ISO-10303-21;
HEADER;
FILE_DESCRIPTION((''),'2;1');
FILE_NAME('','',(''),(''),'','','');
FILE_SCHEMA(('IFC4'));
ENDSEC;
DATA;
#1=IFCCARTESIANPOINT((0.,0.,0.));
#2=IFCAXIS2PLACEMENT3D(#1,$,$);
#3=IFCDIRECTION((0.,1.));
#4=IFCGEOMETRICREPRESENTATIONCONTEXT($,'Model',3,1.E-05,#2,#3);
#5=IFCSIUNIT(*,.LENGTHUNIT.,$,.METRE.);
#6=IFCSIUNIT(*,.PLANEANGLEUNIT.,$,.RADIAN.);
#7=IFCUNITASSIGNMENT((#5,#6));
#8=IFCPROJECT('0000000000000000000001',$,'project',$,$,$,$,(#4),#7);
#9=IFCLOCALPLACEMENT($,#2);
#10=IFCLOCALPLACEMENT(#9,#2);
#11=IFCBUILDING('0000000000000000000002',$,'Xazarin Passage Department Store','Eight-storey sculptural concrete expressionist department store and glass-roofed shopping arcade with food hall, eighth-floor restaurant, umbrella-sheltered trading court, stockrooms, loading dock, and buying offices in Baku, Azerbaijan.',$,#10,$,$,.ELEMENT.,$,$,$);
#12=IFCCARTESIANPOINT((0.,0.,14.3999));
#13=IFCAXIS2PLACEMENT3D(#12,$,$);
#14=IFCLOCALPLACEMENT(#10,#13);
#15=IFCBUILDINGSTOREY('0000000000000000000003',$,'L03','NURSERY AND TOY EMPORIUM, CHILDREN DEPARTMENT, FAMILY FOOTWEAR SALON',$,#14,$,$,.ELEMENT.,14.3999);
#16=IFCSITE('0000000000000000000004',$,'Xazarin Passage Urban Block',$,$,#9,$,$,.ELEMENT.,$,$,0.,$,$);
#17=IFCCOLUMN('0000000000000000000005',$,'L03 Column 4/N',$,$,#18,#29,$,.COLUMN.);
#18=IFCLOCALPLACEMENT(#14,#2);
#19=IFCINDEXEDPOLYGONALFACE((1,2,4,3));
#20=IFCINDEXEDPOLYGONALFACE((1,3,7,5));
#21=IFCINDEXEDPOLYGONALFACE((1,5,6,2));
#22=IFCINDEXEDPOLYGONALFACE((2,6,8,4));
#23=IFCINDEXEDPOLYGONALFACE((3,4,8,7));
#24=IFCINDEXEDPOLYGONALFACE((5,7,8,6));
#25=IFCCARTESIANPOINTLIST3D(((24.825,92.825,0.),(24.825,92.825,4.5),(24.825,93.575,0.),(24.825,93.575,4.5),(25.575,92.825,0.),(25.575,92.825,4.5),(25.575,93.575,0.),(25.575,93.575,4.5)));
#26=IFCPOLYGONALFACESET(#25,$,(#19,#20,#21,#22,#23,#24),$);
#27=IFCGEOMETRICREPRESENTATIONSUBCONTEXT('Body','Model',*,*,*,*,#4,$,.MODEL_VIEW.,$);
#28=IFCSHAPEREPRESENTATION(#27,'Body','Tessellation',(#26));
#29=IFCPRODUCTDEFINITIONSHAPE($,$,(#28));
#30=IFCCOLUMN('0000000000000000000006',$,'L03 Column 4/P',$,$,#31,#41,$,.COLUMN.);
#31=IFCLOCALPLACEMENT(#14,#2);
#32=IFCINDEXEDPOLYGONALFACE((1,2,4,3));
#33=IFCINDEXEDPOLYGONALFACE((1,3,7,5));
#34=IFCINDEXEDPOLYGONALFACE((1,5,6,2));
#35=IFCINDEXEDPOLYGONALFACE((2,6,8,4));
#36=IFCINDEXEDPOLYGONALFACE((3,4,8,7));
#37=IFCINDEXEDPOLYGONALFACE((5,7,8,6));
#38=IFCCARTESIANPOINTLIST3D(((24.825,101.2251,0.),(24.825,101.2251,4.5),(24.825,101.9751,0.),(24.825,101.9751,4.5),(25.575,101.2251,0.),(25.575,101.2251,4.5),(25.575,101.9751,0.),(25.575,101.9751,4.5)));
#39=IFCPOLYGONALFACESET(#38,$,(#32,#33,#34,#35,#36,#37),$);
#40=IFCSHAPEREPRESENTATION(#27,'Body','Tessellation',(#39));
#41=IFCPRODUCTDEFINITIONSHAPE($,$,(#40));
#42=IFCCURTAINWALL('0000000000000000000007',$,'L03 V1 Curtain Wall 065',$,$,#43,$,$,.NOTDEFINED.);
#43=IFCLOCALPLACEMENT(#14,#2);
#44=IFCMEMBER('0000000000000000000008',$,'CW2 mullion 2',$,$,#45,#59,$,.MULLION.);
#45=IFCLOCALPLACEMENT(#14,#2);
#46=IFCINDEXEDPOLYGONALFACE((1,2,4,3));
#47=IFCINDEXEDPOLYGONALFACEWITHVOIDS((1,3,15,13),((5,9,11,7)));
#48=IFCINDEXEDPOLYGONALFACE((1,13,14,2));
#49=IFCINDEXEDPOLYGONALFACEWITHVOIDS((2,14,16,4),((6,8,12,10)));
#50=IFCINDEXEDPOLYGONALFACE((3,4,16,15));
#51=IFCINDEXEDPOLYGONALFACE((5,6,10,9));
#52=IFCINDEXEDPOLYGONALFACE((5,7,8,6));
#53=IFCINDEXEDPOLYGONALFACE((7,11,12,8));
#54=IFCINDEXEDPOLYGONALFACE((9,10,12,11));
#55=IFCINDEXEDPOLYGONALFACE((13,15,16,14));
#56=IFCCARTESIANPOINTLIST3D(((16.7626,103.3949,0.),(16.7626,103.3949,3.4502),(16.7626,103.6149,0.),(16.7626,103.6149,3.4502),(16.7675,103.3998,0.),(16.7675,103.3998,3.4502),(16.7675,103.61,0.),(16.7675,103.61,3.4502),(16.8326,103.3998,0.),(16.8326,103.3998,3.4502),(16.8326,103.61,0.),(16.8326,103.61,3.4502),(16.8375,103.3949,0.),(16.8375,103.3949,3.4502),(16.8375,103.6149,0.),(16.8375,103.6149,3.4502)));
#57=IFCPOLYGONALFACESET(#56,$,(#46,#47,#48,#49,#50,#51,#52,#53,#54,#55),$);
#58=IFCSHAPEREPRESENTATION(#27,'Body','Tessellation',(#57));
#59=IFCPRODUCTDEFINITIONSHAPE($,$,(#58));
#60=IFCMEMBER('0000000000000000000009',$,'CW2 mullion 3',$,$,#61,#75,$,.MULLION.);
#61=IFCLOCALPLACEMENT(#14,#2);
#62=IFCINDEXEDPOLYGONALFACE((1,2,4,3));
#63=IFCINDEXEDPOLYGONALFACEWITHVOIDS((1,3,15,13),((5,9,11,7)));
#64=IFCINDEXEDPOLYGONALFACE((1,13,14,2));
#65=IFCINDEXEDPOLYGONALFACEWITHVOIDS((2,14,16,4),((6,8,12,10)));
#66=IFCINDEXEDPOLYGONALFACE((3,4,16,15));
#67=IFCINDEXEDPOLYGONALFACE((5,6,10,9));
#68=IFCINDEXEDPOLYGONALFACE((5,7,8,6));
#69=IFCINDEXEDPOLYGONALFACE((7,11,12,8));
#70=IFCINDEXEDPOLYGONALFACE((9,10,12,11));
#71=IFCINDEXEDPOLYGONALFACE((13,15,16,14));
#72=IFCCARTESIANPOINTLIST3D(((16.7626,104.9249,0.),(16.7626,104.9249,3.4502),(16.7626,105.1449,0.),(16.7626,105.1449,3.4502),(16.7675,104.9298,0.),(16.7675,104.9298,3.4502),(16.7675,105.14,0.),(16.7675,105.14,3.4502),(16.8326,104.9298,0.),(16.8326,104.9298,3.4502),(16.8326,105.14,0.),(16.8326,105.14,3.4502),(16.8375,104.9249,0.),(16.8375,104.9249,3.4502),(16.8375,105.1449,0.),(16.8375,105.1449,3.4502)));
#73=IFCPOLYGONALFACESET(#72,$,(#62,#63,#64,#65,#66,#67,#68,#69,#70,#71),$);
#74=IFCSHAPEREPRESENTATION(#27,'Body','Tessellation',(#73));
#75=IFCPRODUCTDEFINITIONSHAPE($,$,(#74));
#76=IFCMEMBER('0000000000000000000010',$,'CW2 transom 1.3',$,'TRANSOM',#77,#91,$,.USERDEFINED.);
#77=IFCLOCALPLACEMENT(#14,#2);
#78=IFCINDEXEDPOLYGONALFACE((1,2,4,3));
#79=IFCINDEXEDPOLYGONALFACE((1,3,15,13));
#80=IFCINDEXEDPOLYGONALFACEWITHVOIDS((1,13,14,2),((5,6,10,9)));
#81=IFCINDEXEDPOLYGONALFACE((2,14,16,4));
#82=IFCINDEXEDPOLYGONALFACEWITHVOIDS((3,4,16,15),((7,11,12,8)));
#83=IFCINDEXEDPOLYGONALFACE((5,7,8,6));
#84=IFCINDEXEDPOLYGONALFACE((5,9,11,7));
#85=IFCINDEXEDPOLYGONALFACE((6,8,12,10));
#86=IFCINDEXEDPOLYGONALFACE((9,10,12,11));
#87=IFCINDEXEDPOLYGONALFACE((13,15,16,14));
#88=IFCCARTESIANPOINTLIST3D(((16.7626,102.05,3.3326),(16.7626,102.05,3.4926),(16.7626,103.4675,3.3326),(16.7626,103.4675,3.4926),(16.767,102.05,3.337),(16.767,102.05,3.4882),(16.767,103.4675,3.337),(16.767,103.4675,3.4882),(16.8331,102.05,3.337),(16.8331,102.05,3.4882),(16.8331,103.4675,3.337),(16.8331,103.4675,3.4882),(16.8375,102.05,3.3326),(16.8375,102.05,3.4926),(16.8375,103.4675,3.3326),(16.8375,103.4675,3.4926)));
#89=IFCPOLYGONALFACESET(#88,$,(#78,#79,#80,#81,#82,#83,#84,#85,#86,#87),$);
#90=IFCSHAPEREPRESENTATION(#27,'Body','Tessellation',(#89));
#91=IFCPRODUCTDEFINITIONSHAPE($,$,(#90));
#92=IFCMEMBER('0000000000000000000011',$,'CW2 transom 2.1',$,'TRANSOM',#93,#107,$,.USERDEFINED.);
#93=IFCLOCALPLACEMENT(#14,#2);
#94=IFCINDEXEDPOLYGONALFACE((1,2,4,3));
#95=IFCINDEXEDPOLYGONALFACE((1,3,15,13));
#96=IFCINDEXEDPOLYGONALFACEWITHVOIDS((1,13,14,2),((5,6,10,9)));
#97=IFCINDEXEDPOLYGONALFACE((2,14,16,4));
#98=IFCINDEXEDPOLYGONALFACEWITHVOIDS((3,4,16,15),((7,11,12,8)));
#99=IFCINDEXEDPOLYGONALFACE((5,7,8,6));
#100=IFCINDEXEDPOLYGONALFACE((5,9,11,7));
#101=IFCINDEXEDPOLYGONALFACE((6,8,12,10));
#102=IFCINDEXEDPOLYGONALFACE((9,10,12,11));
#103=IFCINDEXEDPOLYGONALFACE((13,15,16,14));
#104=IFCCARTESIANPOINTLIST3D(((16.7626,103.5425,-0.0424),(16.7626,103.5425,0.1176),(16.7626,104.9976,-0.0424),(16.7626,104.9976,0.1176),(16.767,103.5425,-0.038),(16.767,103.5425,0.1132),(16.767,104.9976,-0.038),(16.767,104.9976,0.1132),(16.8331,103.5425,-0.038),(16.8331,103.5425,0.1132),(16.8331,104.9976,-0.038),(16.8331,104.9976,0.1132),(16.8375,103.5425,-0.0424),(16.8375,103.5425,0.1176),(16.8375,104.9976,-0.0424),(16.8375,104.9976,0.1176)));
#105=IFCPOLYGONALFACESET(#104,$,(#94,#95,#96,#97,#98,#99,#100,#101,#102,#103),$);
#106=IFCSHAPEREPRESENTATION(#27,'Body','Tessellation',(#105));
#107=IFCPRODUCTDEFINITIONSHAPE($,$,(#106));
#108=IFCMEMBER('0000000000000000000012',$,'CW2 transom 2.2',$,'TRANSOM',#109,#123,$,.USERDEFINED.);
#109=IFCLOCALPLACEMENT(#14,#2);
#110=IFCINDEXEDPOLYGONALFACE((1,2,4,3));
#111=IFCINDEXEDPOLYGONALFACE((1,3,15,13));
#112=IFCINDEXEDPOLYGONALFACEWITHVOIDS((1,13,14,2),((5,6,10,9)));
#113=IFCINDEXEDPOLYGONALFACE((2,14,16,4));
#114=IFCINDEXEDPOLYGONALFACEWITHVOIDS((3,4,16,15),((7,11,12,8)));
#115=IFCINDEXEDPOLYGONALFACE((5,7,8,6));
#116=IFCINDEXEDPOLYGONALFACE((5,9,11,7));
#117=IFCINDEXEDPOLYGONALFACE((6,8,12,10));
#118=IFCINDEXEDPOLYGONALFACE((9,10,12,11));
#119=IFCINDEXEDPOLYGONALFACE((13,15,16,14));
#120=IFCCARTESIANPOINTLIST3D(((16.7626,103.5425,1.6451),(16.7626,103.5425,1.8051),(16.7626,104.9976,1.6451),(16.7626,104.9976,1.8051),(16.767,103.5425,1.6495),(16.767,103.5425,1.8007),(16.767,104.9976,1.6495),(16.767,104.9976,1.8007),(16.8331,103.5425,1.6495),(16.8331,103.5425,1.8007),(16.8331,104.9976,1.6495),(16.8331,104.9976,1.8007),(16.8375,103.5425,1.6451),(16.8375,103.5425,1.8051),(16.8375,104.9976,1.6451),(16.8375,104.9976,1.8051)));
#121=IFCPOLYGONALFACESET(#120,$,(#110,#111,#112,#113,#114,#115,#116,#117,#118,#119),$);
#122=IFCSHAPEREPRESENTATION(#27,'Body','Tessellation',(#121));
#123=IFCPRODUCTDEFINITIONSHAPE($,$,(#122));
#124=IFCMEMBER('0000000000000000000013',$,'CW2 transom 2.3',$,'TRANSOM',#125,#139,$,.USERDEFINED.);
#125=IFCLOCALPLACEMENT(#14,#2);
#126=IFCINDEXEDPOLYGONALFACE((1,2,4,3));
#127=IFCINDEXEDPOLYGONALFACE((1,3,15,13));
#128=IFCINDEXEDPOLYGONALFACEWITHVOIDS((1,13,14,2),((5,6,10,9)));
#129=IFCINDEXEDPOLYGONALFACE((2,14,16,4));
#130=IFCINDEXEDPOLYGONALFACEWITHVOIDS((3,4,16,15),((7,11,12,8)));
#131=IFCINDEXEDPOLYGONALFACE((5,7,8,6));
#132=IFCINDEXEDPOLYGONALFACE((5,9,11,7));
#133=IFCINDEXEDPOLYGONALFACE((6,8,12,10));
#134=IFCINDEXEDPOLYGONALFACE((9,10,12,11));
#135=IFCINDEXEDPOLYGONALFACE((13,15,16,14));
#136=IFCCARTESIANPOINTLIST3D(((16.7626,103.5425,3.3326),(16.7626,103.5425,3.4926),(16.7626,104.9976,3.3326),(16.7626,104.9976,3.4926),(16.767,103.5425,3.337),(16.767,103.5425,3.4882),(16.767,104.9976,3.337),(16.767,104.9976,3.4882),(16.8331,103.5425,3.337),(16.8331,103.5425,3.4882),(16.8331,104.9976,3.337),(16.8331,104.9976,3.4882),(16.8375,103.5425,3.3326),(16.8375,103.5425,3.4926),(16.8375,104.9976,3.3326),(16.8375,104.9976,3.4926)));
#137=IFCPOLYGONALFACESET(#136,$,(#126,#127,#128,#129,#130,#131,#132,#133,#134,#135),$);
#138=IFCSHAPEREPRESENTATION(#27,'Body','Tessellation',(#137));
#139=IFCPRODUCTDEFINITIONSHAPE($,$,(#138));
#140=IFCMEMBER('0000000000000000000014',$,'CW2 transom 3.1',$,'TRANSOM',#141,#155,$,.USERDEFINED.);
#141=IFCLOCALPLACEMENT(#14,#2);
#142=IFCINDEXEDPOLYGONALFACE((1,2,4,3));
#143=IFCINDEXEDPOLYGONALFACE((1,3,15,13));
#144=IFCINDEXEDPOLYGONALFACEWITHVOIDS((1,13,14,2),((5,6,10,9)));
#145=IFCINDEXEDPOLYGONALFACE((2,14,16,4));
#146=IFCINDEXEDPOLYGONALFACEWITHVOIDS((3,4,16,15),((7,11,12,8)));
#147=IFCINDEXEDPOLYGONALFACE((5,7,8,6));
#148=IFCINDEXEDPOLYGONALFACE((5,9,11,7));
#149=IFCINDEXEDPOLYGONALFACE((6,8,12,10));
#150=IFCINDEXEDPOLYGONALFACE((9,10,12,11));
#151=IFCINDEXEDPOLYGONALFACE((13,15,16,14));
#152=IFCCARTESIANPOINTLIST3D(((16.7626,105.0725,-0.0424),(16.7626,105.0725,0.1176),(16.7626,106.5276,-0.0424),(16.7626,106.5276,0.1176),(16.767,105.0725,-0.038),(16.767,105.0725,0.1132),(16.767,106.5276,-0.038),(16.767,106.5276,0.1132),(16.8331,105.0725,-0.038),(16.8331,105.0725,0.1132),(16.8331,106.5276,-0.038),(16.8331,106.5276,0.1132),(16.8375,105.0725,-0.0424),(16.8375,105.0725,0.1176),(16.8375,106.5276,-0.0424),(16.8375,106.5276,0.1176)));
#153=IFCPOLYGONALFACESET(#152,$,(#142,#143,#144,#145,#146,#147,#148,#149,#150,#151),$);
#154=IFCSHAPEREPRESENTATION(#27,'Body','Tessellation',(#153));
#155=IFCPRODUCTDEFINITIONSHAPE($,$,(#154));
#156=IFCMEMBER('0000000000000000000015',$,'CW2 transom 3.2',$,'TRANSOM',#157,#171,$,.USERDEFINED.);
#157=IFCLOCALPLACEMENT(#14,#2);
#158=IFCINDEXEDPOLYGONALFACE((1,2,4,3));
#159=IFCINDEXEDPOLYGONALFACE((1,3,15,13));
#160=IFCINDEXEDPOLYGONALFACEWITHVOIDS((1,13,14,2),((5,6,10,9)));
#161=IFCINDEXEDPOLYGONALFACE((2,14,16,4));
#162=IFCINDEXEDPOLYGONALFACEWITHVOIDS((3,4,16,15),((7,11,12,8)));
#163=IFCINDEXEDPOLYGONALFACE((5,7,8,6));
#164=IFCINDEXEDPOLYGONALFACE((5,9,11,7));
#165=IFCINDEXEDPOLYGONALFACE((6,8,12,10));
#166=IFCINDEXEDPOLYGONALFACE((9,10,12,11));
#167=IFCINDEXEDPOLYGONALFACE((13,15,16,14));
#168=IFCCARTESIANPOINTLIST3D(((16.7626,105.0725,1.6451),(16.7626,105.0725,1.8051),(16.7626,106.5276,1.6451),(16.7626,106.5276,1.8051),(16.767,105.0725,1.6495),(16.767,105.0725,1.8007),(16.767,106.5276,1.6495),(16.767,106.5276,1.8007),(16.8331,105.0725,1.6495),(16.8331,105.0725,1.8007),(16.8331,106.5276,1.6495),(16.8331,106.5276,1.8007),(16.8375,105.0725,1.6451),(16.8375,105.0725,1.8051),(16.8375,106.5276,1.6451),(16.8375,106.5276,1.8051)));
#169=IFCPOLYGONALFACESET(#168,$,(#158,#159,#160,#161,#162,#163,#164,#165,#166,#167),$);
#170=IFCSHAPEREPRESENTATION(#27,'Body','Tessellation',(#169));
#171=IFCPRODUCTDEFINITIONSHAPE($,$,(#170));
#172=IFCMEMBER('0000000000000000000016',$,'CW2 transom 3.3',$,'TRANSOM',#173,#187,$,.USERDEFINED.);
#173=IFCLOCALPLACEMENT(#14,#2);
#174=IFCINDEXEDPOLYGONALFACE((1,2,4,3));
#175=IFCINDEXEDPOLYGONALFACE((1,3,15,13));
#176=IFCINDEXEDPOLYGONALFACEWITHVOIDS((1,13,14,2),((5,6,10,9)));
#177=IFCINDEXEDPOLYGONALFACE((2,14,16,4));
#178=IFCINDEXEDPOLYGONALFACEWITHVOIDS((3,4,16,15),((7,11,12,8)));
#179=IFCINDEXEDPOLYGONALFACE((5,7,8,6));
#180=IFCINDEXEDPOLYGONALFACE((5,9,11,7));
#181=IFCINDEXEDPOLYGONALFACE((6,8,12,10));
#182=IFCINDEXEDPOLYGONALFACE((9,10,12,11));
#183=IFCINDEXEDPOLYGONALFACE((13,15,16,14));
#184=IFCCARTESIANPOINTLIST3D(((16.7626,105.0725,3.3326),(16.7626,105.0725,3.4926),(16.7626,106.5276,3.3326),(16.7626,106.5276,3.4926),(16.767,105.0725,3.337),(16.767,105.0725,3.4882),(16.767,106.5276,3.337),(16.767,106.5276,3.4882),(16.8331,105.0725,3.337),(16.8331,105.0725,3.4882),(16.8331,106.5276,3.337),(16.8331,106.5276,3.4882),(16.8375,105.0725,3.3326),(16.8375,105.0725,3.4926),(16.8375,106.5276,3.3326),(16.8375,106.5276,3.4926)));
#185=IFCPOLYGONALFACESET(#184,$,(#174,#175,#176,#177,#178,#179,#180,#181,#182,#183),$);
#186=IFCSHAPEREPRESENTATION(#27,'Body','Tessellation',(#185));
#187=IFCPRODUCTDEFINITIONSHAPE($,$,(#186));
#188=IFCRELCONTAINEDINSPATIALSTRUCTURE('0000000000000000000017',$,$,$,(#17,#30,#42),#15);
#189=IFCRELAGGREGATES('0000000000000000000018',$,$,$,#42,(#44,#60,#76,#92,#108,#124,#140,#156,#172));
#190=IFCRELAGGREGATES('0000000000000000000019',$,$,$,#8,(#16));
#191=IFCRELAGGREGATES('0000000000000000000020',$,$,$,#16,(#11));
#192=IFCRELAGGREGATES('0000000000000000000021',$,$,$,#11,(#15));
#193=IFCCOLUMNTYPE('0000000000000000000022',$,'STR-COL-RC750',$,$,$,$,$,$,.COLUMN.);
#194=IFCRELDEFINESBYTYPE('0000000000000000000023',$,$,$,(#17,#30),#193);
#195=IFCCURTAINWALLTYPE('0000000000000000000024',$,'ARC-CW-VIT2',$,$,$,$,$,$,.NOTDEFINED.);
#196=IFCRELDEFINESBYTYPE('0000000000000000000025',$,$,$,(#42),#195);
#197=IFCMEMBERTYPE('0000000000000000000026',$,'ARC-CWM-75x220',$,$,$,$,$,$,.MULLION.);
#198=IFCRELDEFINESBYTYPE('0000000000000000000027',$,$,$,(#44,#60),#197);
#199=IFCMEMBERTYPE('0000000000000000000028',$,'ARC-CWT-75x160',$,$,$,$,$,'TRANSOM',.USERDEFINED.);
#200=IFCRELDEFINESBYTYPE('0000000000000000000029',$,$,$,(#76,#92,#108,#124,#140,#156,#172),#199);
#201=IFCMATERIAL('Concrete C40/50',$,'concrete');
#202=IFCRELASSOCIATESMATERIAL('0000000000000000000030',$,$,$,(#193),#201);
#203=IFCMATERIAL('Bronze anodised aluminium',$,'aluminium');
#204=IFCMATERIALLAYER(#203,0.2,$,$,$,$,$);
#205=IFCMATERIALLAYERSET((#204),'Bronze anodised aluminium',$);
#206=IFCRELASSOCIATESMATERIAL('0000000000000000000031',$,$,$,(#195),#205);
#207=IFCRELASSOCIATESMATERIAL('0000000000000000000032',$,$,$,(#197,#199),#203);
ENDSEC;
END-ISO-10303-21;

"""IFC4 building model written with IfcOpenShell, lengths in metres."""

from ifc_helpers import new_model, si_unit, direction, frame, origin, origin_2d, place, context, subcontext, project, spatial, rectangle, hollow_rectangle, extrude, material, layer, layer_set, material_profile, profile_set, type_object, element, aggregate, save


model = new_model("IFC4")

# Units and contexts
model_context = context("Model", 3, precision=1e-05, world=origin(), true_north=direction((0.0, 1.0)))
body_context = subcontext(model_context, "Body", "Model", "MODEL_VIEW")
ifc_project = project(units=[si_unit("LENGTHUNIT", "METRE"), si_unit("PLANEANGLEUNIT", "RADIAN")], contexts=[model_context])

# Site, building, storey
site_placement = place(None, origin())
site = spatial("IfcSite", under=ifc_project, at=site_placement, Name="Xazarin Passage Urban Block", CompositionType="ELEMENT", RefElevation=0.0)
building_placement = place(site_placement, origin())
building = spatial("IfcBuilding", under=site, at=building_placement, Name="Xazarin Passage Department Store", Description="Eight-storey sculptural concrete expressionist department store and glass-roofed shopping arcade with food hall, eighth-floor restaurant, umbrella-sheltered trading court, stockrooms, loading dock, and buying offices in Baku, Azerbaijan.", CompositionType="ELEMENT")
storey_placement = place(building_placement, frame((0.0, 0.0, 14.3999)))
storey = spatial("IfcBuildingStorey", under=building, at=storey_placement, Name="L03", Description="NURSERY AND TOY EMPORIUM, CHILDREN DEPARTMENT, FAMILY FOOTWEAR SALON", CompositionType="ELEMENT", Elevation=14.3999)

# Columns
ifc_material_1 = material(Name="Concrete C40/50", Category="concrete")
ifc_material_profile_1 = material_profile(ifc_material_1, rectangle(XDim=0.75, YDim=0.75, at=origin_2d()), Name="RC 750x750")
ifc_profile_set_1 = profile_set([ifc_material_profile_1], Name="Concrete C40/50")
column_type = type_object("IfcColumnType", Name="STR-COL-RC750", PredefinedType="COLUMN", material=ifc_profile_set_1)
for number, where, z_axis, x_axis, name in (
    (1, (25.2, 93.2, 0.0), (0.0, 0.0, 1.0), (1.0, 0.0, 0.0), "L03 Column 4/N"),
    (2, (25.2, 101.6001, 0.0), (0.0, 0.0, 1.0), (1.0, 0.0, 0.0), "L03 Column 4/P"),
):
    element("IfcColumn", number, at=place(storey_placement, frame(where, z_axis=z_axis, x_axis=x_axis)), inside=storey, type_object=column_type, Name=name, PredefinedType="COLUMN", context=body_context, shape_type="SweptSolid", body=[
        extrude(rectangle(XDim=0.75, YDim=0.75, at=origin_2d()), origin(), (0.0, 0.0, 1.0), 4.5),
    ])

# Curtain wall, members
ifc_material_2 = material(Name="Bronze anodised aluminium", Category="aluminium")
ifc_layer_1 = layer(ifc_material_2, 0.2)
ifc_layer_set_1 = layer_set([ifc_layer_1], Name="Bronze anodised aluminium")
curtain_wall_type = type_object("IfcCurtainWallType", Name="ARC-CW-VIT2", PredefinedType="NOTDEFINED", material=ifc_layer_set_1)
curtain_wall_placement = place(storey_placement, origin())
curtain_wall = element("IfcCurtainWall", 3, at=curtain_wall_placement, inside=storey, type_object=curtain_wall_type, Name="L03 V1 Curtain Wall 065", PredefinedType="NOTDEFINED")
ifc_material_profile_2 = material_profile(ifc_material_2, hollow_rectangle(XDim=0.075, YDim=0.22, WallThickness=0.0049, at=origin_2d()), Name="ALU 75x220")
ifc_profile_set_2 = profile_set([ifc_material_profile_2], Name="Bronze anodised aluminium")
member_type_1 = type_object("IfcMemberType", Name="ARC-CWM-75x220", PredefinedType="MULLION", material=ifc_profile_set_2)
member_1_placement = place(storey_placement, frame((16.8, 103.5049, 0.0), z_axis=(0.0, 0.0, 1.0), x_axis=(-1.0, 0.0, 0.0)))
member_1 = element("IfcMember", 4, at=member_1_placement, type_object=member_type_1, Name="CW2 mullion 2", PredefinedType="MULLION", context=body_context, shape_type="SweptSolid", body=[
    extrude(hollow_rectangle(XDim=0.075, YDim=0.22, WallThickness=0.0049, at=origin_2d()), origin(), (0.0, 0.0, 1.0), 3.4502),
])
member_2_placement = place(storey_placement, frame((16.8, 105.0349, 0.0), z_axis=(0.0, 0.0, 1.0), x_axis=(-1.0, 0.0, 0.0)))
member_2 = element("IfcMember", 5, at=member_2_placement, type_object=member_type_1, Name="CW2 mullion 3", PredefinedType="MULLION", context=body_context, shape_type="SweptSolid", body=[
    extrude(hollow_rectangle(XDim=0.075, YDim=0.22, WallThickness=0.0049, at=origin_2d()), origin(), (0.0, 0.0, 1.0), 3.4502),
])
ifc_material_profile_3 = material_profile(ifc_material_2, hollow_rectangle(XDim=0.075, YDim=0.1599, WallThickness=0.0044, at=origin_2d()), Name="ALU 75x160")
ifc_profile_set_3 = profile_set([ifc_material_profile_3], Name="Bronze anodised aluminium")
member_type_2 = type_object("IfcMemberType", Name="ARC-CWT-75x160", ElementType="TRANSOM", PredefinedType="USERDEFINED", material=ifc_profile_set_3)
member_3_placement = place(storey_placement, frame((16.8, 102.05, 3.4126), z_axis=(0.0, 1.0, 0.0), x_axis=(-1.0, 0.0, 0.0)))
member_3 = element("IfcMember", 6, at=member_3_placement, type_object=member_type_2, Name="CW2 transom 1.3", ObjectType="TRANSOM", PredefinedType="USERDEFINED", context=body_context, shape_type="SweptSolid", body=[
    extrude(hollow_rectangle(XDim=0.075, YDim=0.1599, WallThickness=0.0044, at=origin_2d()), origin(), (0.0, 0.0, 1.0), 1.4175),
])
member_4_placement = place(storey_placement, frame((16.8, 103.5425, 0.0376), z_axis=(0.0, 1.0, 0.0), x_axis=(-1.0, 0.0, 0.0)))
member_4 = element("IfcMember", 7, at=member_4_placement, type_object=member_type_2, Name="CW2 transom 2.1", ObjectType="TRANSOM", PredefinedType="USERDEFINED", context=body_context, shape_type="SweptSolid", body=[
    extrude(hollow_rectangle(XDim=0.075, YDim=0.1599, WallThickness=0.0044, at=origin_2d()), origin(), (0.0, 0.0, 1.0), 1.4551),
])
member_5_placement = place(storey_placement, frame((16.8, 103.5425, 1.7251), z_axis=(0.0, 1.0, 0.0), x_axis=(-1.0, 0.0, 0.0)))
member_5 = element("IfcMember", 8, at=member_5_placement, type_object=member_type_2, Name="CW2 transom 2.2", ObjectType="TRANSOM", PredefinedType="USERDEFINED", context=body_context, shape_type="SweptSolid", body=[
    extrude(hollow_rectangle(XDim=0.075, YDim=0.1599, WallThickness=0.0044, at=origin_2d()), origin(), (0.0, 0.0, 1.0), 1.4551),
])
member_6_placement = place(storey_placement, frame((16.8, 103.5425, 3.4126), z_axis=(0.0, 1.0, 0.0), x_axis=(-1.0, 0.0, 0.0)))
member_6 = element("IfcMember", 9, at=member_6_placement, type_object=member_type_2, Name="CW2 transom 2.3", ObjectType="TRANSOM", PredefinedType="USERDEFINED", context=body_context, shape_type="SweptSolid", body=[
    extrude(hollow_rectangle(XDim=0.075, YDim=0.1599, WallThickness=0.0044, at=origin_2d()), origin(), (0.0, 0.0, 1.0), 1.4551),
])
member_7_placement = place(storey_placement, frame((16.8, 105.0725, 0.0376), z_axis=(0.0, 1.0, 0.0), x_axis=(-1.0, 0.0, 0.0)))
member_7 = element("IfcMember", 10, at=member_7_placement, type_object=member_type_2, Name="CW2 transom 3.1", ObjectType="TRANSOM", PredefinedType="USERDEFINED", context=body_context, shape_type="SweptSolid", body=[
    extrude(hollow_rectangle(XDim=0.075, YDim=0.1599, WallThickness=0.0044, at=origin_2d()), origin(), (0.0, 0.0, 1.0), 1.4551),
])
member_8_placement = place(storey_placement, frame((16.8, 105.0725, 1.7251), z_axis=(0.0, 1.0, 0.0), x_axis=(-1.0, 0.0, 0.0)))
member_8 = element("IfcMember", 11, at=member_8_placement, type_object=member_type_2, Name="CW2 transom 3.2", ObjectType="TRANSOM", PredefinedType="USERDEFINED", context=body_context, shape_type="SweptSolid", body=[
    extrude(hollow_rectangle(XDim=0.075, YDim=0.1599, WallThickness=0.0044, at=origin_2d()), origin(), (0.0, 0.0, 1.0), 1.4551),
])
member_9_placement = place(storey_placement, frame((16.8, 105.0725, 3.4126), z_axis=(0.0, 1.0, 0.0), x_axis=(-1.0, 0.0, 0.0)))
member_9 = element("IfcMember", 12, at=member_9_placement, type_object=member_type_2, Name="CW2 transom 3.3", ObjectType="TRANSOM", PredefinedType="USERDEFINED", context=body_context, shape_type="SweptSolid", body=[
    extrude(hollow_rectangle(XDim=0.075, YDim=0.1599, WallThickness=0.0044, at=origin_2d()), origin(), (0.0, 0.0, 1.0), 1.4551),
])

aggregate(curtain_wall, [member_1, member_2, member_3, member_4, member_5, member_6, member_7, member_8, member_9])

save(model, "model.ifc")
